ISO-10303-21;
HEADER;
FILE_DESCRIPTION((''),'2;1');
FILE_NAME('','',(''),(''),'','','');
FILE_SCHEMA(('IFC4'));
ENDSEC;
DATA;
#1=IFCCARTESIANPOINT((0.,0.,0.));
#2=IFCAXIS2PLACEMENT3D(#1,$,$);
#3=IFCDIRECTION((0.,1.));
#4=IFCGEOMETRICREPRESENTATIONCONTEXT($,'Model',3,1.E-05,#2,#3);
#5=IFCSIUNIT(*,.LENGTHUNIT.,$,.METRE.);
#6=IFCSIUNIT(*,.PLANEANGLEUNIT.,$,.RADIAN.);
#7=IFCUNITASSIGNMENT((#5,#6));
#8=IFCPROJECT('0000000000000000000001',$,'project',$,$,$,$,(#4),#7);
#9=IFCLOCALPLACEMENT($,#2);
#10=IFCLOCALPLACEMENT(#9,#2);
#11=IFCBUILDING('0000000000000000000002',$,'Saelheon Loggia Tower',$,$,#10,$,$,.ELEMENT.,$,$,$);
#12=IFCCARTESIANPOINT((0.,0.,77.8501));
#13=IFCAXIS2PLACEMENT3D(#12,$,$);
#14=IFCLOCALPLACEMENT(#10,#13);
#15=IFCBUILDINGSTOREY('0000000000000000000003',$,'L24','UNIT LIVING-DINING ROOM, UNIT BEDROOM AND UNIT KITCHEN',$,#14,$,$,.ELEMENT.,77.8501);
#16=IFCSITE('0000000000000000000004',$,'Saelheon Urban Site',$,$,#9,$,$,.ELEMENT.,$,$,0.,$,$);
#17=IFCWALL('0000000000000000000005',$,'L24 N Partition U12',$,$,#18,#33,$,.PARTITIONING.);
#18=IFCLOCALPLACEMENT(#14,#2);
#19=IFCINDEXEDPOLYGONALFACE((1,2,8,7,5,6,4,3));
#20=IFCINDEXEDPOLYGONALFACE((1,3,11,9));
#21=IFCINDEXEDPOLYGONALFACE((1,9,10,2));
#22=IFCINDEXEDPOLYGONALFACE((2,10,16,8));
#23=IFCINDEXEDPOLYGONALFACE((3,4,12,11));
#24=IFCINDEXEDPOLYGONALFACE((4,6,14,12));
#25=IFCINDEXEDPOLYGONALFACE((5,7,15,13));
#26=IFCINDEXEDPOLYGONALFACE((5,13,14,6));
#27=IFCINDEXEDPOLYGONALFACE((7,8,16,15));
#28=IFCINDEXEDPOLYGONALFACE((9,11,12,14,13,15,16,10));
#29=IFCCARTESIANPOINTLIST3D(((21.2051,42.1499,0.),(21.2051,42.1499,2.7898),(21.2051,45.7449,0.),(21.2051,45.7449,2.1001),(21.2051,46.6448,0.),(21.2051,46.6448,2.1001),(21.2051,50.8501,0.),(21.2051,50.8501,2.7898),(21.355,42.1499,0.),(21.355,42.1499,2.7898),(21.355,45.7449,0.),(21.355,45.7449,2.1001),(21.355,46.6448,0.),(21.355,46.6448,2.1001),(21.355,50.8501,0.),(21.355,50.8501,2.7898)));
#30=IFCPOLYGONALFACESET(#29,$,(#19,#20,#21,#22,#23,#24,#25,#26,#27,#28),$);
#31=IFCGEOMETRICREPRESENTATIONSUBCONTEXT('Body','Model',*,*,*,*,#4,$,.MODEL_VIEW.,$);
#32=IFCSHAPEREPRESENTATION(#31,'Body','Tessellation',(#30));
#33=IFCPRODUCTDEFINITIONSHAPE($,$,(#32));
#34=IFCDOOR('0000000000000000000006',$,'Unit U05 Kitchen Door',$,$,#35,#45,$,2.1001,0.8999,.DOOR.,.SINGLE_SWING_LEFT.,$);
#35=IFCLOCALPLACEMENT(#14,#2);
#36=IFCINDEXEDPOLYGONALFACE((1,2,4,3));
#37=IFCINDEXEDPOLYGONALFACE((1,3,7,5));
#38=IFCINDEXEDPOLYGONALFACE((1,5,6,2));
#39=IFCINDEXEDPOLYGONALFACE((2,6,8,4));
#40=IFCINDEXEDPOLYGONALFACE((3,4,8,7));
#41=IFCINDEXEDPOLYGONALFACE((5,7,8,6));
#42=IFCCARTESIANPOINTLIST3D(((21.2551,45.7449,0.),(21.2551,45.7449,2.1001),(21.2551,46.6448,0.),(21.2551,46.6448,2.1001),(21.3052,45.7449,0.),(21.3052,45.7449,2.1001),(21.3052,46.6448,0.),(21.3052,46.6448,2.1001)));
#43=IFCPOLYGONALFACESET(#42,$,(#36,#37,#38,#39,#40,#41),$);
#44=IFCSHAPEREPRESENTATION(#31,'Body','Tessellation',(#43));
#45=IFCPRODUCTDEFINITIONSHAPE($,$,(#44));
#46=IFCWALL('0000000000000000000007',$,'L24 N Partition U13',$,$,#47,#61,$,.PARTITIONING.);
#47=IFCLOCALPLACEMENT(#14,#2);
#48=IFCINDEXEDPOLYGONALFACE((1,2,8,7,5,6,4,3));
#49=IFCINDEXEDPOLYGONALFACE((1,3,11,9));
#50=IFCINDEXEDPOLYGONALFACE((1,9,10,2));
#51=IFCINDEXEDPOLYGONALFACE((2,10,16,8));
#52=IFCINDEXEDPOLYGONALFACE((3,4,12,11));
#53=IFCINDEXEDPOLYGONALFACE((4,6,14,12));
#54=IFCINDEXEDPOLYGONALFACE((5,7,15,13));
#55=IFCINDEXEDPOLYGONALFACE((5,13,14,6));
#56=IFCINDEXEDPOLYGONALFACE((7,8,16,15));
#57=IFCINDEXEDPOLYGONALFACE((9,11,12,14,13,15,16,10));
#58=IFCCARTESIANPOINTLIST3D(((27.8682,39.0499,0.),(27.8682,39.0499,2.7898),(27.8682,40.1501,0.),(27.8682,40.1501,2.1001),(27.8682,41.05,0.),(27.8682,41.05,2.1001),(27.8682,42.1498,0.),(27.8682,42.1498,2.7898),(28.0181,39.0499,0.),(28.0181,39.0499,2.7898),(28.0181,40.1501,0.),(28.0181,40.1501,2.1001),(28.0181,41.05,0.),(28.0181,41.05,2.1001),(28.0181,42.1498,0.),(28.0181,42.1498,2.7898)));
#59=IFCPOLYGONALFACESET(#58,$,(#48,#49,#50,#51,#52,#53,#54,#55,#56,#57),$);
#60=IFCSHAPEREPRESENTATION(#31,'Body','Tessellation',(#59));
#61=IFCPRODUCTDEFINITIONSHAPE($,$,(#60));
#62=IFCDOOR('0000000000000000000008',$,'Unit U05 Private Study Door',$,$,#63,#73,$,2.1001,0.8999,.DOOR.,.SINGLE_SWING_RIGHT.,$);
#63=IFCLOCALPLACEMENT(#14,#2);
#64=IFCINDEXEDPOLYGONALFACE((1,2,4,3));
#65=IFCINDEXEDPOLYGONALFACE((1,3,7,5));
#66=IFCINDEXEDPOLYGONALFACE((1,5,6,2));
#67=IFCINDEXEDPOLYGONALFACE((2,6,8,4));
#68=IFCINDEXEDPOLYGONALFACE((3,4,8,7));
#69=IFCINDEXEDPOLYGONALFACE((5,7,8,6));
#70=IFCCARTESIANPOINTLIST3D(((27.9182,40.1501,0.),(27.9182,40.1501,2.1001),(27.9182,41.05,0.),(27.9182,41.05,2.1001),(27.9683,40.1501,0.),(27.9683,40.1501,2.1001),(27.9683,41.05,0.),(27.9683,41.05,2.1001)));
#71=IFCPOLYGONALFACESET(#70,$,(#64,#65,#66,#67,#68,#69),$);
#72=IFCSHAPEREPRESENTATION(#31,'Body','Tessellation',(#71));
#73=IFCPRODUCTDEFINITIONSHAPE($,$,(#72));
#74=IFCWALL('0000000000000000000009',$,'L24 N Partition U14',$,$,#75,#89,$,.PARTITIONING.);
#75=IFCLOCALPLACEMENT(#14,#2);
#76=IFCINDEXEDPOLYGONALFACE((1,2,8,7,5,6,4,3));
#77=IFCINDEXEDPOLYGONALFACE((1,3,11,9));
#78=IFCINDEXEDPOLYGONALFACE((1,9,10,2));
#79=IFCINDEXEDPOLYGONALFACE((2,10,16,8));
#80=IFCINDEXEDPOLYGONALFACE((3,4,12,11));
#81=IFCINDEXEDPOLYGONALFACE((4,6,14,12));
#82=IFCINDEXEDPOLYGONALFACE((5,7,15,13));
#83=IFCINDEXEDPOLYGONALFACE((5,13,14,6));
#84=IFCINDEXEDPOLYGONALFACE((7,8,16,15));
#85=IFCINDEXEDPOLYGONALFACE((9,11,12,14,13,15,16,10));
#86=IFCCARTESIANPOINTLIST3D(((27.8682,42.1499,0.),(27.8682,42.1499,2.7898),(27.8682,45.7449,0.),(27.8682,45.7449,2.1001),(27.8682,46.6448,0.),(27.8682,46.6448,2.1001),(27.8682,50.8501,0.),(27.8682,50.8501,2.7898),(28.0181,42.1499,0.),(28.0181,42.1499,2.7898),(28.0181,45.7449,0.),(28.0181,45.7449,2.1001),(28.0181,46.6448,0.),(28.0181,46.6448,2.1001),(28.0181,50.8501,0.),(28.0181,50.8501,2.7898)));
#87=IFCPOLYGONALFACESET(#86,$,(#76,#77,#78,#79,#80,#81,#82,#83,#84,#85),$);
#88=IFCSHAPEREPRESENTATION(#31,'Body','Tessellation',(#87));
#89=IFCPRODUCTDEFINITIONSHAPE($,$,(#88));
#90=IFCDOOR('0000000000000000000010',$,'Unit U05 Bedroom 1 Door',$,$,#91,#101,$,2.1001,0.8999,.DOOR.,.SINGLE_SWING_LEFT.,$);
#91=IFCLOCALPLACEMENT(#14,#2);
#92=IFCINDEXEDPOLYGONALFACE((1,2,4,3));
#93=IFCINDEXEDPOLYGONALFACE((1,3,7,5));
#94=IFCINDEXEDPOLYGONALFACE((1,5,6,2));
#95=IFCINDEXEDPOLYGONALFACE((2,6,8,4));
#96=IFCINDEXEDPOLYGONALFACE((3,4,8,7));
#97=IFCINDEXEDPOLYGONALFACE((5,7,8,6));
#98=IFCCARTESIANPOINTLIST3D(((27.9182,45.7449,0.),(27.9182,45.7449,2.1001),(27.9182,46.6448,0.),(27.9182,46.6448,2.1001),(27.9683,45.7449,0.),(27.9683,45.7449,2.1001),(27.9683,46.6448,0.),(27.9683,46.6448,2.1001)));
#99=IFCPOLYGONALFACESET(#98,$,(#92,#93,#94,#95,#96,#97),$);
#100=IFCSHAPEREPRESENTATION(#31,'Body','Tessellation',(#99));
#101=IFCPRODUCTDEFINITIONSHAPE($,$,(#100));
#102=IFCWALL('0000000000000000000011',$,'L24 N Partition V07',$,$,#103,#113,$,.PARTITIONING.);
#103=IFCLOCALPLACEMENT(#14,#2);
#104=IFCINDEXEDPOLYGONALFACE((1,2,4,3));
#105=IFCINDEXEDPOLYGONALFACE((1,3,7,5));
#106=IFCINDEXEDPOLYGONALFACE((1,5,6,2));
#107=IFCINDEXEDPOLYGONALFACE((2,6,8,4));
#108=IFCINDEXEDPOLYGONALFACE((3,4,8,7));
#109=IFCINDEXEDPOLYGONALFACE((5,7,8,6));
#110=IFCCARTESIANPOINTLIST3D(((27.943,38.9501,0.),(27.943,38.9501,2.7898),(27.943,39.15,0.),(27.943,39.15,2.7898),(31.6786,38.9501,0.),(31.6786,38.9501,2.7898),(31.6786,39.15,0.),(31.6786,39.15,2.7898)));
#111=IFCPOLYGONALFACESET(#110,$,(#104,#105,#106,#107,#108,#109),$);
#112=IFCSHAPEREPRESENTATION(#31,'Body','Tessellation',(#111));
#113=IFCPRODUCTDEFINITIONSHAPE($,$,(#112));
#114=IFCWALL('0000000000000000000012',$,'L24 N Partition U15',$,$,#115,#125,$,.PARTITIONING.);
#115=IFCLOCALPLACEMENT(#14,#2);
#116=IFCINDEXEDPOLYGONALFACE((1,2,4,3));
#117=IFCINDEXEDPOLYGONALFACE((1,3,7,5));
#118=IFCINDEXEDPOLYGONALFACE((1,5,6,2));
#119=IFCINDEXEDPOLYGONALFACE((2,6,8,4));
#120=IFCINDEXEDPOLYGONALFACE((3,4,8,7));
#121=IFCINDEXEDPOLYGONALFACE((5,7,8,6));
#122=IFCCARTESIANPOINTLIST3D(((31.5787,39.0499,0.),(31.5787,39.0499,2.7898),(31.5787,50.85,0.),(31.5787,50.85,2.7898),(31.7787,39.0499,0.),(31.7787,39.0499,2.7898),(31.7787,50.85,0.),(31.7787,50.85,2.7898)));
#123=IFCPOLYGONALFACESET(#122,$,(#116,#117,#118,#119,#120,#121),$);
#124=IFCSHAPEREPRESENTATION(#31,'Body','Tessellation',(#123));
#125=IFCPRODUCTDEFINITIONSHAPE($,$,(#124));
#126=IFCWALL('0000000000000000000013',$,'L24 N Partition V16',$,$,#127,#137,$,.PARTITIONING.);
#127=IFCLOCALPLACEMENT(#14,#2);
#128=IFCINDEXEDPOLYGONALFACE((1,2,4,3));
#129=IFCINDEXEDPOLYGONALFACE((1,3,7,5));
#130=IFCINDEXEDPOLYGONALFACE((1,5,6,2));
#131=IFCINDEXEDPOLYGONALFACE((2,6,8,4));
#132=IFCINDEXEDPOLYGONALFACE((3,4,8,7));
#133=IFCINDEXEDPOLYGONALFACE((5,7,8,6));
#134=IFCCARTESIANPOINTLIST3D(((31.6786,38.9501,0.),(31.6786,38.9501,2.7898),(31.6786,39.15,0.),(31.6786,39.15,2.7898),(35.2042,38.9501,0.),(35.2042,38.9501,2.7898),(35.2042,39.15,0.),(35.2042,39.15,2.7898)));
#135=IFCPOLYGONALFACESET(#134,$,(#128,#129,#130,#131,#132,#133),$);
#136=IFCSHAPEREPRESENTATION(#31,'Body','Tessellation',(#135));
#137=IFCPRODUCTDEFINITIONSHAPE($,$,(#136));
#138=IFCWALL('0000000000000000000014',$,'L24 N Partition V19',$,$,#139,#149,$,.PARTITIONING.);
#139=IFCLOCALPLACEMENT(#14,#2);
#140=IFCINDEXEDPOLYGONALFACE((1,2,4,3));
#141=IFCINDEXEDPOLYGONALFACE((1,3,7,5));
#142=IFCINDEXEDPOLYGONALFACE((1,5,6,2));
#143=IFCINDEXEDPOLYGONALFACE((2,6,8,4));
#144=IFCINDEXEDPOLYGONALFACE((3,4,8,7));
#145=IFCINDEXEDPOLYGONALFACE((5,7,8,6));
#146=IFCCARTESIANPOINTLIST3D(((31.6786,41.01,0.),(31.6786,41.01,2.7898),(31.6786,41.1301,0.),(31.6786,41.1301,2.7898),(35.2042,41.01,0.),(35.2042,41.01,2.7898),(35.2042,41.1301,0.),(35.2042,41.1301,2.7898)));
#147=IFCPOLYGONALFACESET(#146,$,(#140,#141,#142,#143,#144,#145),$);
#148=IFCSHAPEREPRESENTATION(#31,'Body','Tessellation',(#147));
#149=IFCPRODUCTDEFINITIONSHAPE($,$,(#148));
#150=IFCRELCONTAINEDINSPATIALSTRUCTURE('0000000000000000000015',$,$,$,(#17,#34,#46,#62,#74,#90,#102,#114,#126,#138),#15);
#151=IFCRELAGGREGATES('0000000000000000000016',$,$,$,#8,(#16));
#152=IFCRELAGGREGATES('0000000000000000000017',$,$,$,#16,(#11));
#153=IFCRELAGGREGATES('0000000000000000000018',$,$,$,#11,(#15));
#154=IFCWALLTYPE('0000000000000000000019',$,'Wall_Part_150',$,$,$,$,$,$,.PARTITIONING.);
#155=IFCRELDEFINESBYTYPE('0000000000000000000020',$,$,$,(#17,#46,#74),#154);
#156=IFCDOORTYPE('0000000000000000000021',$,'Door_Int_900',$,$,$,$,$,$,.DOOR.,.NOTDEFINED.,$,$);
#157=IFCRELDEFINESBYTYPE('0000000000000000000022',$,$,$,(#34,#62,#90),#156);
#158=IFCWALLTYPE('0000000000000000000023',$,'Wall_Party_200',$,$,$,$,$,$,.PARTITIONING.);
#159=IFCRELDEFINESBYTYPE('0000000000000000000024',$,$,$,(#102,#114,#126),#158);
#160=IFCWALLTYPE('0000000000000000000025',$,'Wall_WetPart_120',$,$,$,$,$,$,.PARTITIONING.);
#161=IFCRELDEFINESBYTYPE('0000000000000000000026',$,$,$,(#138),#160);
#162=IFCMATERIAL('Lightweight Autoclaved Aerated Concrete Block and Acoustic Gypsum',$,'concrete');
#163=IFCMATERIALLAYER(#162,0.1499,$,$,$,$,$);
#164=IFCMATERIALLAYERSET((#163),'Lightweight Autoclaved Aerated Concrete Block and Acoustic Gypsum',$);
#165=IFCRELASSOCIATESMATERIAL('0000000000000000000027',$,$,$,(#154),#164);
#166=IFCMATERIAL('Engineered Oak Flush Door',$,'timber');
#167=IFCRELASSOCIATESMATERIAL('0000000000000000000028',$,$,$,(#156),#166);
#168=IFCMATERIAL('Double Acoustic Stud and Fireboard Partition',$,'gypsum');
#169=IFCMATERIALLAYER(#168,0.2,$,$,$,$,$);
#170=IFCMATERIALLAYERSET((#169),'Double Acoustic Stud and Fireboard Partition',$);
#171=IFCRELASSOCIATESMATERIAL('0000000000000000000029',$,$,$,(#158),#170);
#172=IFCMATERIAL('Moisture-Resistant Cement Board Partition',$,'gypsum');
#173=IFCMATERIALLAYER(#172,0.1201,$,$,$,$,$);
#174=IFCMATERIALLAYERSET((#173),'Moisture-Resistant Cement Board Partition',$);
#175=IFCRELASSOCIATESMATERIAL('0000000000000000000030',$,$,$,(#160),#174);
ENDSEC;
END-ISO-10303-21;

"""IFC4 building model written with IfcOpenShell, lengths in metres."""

from ifc_helpers import new_model, si_unit, direction, frame, frame_2d, origin, place, context, subcontext, project, spatial, rectangle, extrude, source, transform, mapped, material, layer, layer_set, type_object, element, fill, save


model = new_model("IFC4")

# Units and contexts
model_context = context("Model", 3, precision=1e-05, world=origin(), true_north=direction((0.0, 1.0)))
body_context = subcontext(model_context, "Body", "Model", "MODEL_VIEW")
ifc_project = project(units=[si_unit("LENGTHUNIT", "METRE"), si_unit("PLANEANGLEUNIT", "RADIAN")], contexts=[model_context])

# Site, building, storey
site_placement = place(None, origin())
site = spatial("IfcSite", under=ifc_project, at=site_placement, Name="Saelheon Urban Site", CompositionType="ELEMENT", RefElevation=0.0)
building_placement = place(site_placement, origin())
building = spatial("IfcBuilding", under=site, at=building_placement, Name="Saelheon Loggia Tower", CompositionType="ELEMENT")
storey_placement = place(building_placement, frame((0.0, 0.0, 77.8501)))
storey = spatial("IfcBuildingStorey", under=building, at=storey_placement, Name="L24", Description="UNIT LIVING-DINING ROOM, UNIT BEDROOM AND UNIT KITCHEN", CompositionType="ELEMENT", Elevation=77.8501)

# Shared definitions
ifc_material_1 = material(Name="Lightweight Autoclaved Aerated Concrete Block and Acoustic Gypsum", Category="concrete")
ifc_layer_1 = layer(ifc_material_1, 0.1499)
ifc_layer_set_1 = layer_set([ifc_layer_1], Name="Lightweight Autoclaved Aerated Concrete Block and Acoustic Gypsum")
wall_type_1 = type_object("IfcWallType", Name="Wall_Part_150", PredefinedType="PARTITIONING", material=ifc_layer_set_1)

# Walls, openings, doors
wall_1_placement = place(storey_placement, frame((21.28, 42.1499, 0.0), z_axis=(0.0, 0.0, 1.0), x_axis=(0.0, 1.0, 0.0)))
wall_1 = element("IfcWall", 1, at=wall_1_placement, inside=storey, type_object=wall_type_1, Name="L24 N Partition U12", PredefinedType="PARTITIONING", context=body_context, shape_type="SweptSolid", body=[
    extrude(rectangle(XDim=8.7002, YDim=0.1499, at=frame_2d((4.3501, 0.0))), origin(), (0.0, 0.0, 1.0), 2.7898),
])
opening_1_placement = place(wall_1_placement, frame((3.595, 0.0, 0.0)))
opening_1 = element("IfcOpeningElement", 2, at=opening_1_placement, cuts=wall_1, PredefinedType="OPENING", context=body_context, shape_type="SweptSolid", body=[
    extrude(rectangle(XDim=0.8999, YDim=2.1001, at=frame_2d((0.45, 1.05))), frame((0.0, 0.0869, 0.0), z_axis=(0.0, -1.0, 0.0), x_axis=(1.0, 0.0, 0.0)), (0.0, 0.0, 1.0), 0.1738),
])
ifc_material_2 = material(Name="Engineered Oak Flush Door", Category="timber")
door_type = type_object("IfcDoorType", Name="Door_Int_900", OperationType="NOTDEFINED", PredefinedType="DOOR", material=ifc_material_2)
shared_shape_1 = source(origin(), body_context, "Body", "SweptSolid", [
    extrude(rectangle(XDim=0.8999, YDim=2.1001, at=frame_2d((0.45, 1.05))), frame((0.0, 0.0249, 0.0), z_axis=(0.0, -1.0, 0.0), x_axis=(1.0, 0.0, 0.0)), (0.0, 0.0, 1.0), 0.05),
])
door_1_placement = place(opening_1_placement, origin())
door_1 = element("IfcDoor", 3, at=door_1_placement, inside=storey, type_object=door_type, Name="Unit U05 Kitchen Door", OperationType="SINGLE_SWING_LEFT", OverallHeight=2.1001, OverallWidth=0.8999, PredefinedType="DOOR", context=body_context, shape_type="MappedRepresentation", body=[
    mapped(shared_shape_1, transform((0.0, 0.0, 0.0), scale=1.0)),
])
fill(opening_1, door_1)
wall_2_placement = place(storey_placement, frame((27.9431, 39.05, 0.0), z_axis=(0.0, 0.0, 1.0), x_axis=(0.0, 1.0, 0.0)))
wall_2 = element("IfcWall", 4, at=wall_2_placement, inside=storey, type_object=wall_type_1, Name="L24 N Partition U13", PredefinedType="PARTITIONING", context=body_context, shape_type="SweptSolid", body=[
    extrude(rectangle(XDim=3.0999, YDim=0.1499, at=frame_2d((1.5498, 0.0))), origin(), (0.0, 0.0, 1.0), 2.7898),
])
opening_2_placement = place(wall_2_placement, frame((1.1001, 0.0, 0.0)))
opening_2 = element("IfcOpeningElement", 5, at=opening_2_placement, cuts=wall_2, PredefinedType="OPENING", context=body_context, shape_type="SweptSolid", body=[
    extrude(rectangle(XDim=0.8999, YDim=2.1001, at=frame_2d((0.45, 1.05))), frame((0.0, 0.0869, 0.0), z_axis=(0.0, -1.0, 0.0), x_axis=(1.0, 0.0, 0.0)), (0.0, 0.0, 1.0), 0.1738),
])
door_2_placement = place(opening_2_placement, origin())
door_2 = element("IfcDoor", 6, at=door_2_placement, inside=storey, type_object=door_type, Name="Unit U05 Private Study Door", OperationType="SINGLE_SWING_RIGHT", OverallHeight=2.1001, OverallWidth=0.8999, PredefinedType="DOOR", context=body_context, shape_type="MappedRepresentation", body=[
    mapped(shared_shape_1, transform((0.0, 0.0, 0.0), scale=1.0)),
])
fill(opening_2, door_2)
wall_3_placement = place(storey_placement, frame((27.9431, 42.1499, 0.0), z_axis=(0.0, 0.0, 1.0), x_axis=(0.0, 1.0, 0.0)))
wall_3 = element("IfcWall", 7, at=wall_3_placement, inside=storey, type_object=wall_type_1, Name="L24 N Partition U14", PredefinedType="PARTITIONING", context=body_context, shape_type="SweptSolid", body=[
    extrude(rectangle(XDim=8.7002, YDim=0.1499, at=frame_2d((4.3501, 0.0))), origin(), (0.0, 0.0, 1.0), 2.7898),
])
opening_3_placement = place(wall_3_placement, frame((3.595, 0.0, 0.0)))
opening_3 = element("IfcOpeningElement", 8, at=opening_3_placement, cuts=wall_3, PredefinedType="OPENING", context=body_context, shape_type="SweptSolid", body=[
    extrude(rectangle(XDim=0.8999, YDim=2.1001, at=frame_2d((0.45, 1.05))), frame((0.0, 0.0869, 0.0), z_axis=(0.0, -1.0, 0.0), x_axis=(1.0, 0.0, 0.0)), (0.0, 0.0, 1.0), 0.1738),
])
door_3_placement = place(opening_3_placement, origin())
door_3 = element("IfcDoor", 9, at=door_3_placement, inside=storey, type_object=door_type, Name="Unit U05 Bedroom 1 Door", OperationType="SINGLE_SWING_LEFT", OverallHeight=2.1001, OverallWidth=0.8999, PredefinedType="DOOR", context=body_context, shape_type="MappedRepresentation", body=[
    mapped(shared_shape_1, transform((0.0, 0.0, 0.0), scale=1.0)),
])
fill(opening_3, door_3)

# Walls
ifc_material_3 = material(Name="Double Acoustic Stud and Fireboard Partition", Category="gypsum")
ifc_layer_2 = layer(ifc_material_3, 0.2)
ifc_layer_set_2 = layer_set([ifc_layer_2], Name="Double Acoustic Stud and Fireboard Partition")
wall_type_2 = type_object("IfcWallType", Name="Wall_Party_200", PredefinedType="PARTITIONING", material=ifc_layer_set_2)
wall_4_placement = place(storey_placement, frame((27.9431, 39.05, 0.0), z_axis=(0.0, 0.0, 1.0), x_axis=(1.0, 0.0, 0.0)))
element("IfcWall", 10, at=wall_4_placement, inside=storey, type_object=wall_type_2, Name="L24 N Partition V07", PredefinedType="PARTITIONING", context=body_context, shape_type="SweptSolid", body=[
    extrude(rectangle(XDim=3.7356, YDim=0.2, at=frame_2d((1.8677, 0.0))), origin(), (0.0, 0.0, 1.0), 2.7898),
])
wall_5_placement = place(storey_placement, frame((31.6787, 39.05, 0.0), z_axis=(0.0, 0.0, 1.0), x_axis=(0.0, 1.0, 0.0)))
element("IfcWall", 11, at=wall_5_placement, inside=storey, type_object=wall_type_2, Name="L24 N Partition U15", PredefinedType="PARTITIONING", context=body_context, shape_type="SweptSolid", body=[
    extrude(rectangle(XDim=11.8, YDim=0.2, at=frame_2d((5.8999, 0.0))), origin(), (0.0, 0.0, 1.0), 2.7898),
])
wall_6_placement = place(storey_placement, frame((31.6787, 39.05, 0.0), z_axis=(0.0, 0.0, 1.0), x_axis=(1.0, 0.0, 0.0)))
element("IfcWall", 12, at=wall_6_placement, inside=storey, type_object=wall_type_2, Name="L24 N Partition V16", PredefinedType="PARTITIONING", context=body_context, shape_type="SweptSolid", body=[
    extrude(rectangle(XDim=3.5256, YDim=0.2, at=frame_2d((1.7627, 0.0))), origin(), (0.0, 0.0, 1.0), 2.7898),
])
ifc_material_4 = material(Name="Moisture-Resistant Cement Board Partition", Category="gypsum")
ifc_layer_3 = layer(ifc_material_4, 0.1201)
ifc_layer_set_3 = layer_set([ifc_layer_3], Name="Moisture-Resistant Cement Board Partition")
wall_type_3 = type_object("IfcWallType", Name="Wall_WetPart_120", PredefinedType="PARTITIONING", material=ifc_layer_set_3)
wall_7_placement = place(storey_placement, frame((31.6787, 41.0701, 0.0), z_axis=(0.0, 0.0, 1.0), x_axis=(1.0, 0.0, 0.0)))
element("IfcWall", 13, at=wall_7_placement, inside=storey, type_object=wall_type_3, Name="L24 N Partition V19", PredefinedType="PARTITIONING", context=body_context, shape_type="SweptSolid", body=[
    extrude(rectangle(XDim=3.5256, YDim=0.1201, at=frame_2d((1.7627, 0.0))), origin(), (0.0, 0.0, 1.0), 2.7898),
])

save(model, "model.ifc")
